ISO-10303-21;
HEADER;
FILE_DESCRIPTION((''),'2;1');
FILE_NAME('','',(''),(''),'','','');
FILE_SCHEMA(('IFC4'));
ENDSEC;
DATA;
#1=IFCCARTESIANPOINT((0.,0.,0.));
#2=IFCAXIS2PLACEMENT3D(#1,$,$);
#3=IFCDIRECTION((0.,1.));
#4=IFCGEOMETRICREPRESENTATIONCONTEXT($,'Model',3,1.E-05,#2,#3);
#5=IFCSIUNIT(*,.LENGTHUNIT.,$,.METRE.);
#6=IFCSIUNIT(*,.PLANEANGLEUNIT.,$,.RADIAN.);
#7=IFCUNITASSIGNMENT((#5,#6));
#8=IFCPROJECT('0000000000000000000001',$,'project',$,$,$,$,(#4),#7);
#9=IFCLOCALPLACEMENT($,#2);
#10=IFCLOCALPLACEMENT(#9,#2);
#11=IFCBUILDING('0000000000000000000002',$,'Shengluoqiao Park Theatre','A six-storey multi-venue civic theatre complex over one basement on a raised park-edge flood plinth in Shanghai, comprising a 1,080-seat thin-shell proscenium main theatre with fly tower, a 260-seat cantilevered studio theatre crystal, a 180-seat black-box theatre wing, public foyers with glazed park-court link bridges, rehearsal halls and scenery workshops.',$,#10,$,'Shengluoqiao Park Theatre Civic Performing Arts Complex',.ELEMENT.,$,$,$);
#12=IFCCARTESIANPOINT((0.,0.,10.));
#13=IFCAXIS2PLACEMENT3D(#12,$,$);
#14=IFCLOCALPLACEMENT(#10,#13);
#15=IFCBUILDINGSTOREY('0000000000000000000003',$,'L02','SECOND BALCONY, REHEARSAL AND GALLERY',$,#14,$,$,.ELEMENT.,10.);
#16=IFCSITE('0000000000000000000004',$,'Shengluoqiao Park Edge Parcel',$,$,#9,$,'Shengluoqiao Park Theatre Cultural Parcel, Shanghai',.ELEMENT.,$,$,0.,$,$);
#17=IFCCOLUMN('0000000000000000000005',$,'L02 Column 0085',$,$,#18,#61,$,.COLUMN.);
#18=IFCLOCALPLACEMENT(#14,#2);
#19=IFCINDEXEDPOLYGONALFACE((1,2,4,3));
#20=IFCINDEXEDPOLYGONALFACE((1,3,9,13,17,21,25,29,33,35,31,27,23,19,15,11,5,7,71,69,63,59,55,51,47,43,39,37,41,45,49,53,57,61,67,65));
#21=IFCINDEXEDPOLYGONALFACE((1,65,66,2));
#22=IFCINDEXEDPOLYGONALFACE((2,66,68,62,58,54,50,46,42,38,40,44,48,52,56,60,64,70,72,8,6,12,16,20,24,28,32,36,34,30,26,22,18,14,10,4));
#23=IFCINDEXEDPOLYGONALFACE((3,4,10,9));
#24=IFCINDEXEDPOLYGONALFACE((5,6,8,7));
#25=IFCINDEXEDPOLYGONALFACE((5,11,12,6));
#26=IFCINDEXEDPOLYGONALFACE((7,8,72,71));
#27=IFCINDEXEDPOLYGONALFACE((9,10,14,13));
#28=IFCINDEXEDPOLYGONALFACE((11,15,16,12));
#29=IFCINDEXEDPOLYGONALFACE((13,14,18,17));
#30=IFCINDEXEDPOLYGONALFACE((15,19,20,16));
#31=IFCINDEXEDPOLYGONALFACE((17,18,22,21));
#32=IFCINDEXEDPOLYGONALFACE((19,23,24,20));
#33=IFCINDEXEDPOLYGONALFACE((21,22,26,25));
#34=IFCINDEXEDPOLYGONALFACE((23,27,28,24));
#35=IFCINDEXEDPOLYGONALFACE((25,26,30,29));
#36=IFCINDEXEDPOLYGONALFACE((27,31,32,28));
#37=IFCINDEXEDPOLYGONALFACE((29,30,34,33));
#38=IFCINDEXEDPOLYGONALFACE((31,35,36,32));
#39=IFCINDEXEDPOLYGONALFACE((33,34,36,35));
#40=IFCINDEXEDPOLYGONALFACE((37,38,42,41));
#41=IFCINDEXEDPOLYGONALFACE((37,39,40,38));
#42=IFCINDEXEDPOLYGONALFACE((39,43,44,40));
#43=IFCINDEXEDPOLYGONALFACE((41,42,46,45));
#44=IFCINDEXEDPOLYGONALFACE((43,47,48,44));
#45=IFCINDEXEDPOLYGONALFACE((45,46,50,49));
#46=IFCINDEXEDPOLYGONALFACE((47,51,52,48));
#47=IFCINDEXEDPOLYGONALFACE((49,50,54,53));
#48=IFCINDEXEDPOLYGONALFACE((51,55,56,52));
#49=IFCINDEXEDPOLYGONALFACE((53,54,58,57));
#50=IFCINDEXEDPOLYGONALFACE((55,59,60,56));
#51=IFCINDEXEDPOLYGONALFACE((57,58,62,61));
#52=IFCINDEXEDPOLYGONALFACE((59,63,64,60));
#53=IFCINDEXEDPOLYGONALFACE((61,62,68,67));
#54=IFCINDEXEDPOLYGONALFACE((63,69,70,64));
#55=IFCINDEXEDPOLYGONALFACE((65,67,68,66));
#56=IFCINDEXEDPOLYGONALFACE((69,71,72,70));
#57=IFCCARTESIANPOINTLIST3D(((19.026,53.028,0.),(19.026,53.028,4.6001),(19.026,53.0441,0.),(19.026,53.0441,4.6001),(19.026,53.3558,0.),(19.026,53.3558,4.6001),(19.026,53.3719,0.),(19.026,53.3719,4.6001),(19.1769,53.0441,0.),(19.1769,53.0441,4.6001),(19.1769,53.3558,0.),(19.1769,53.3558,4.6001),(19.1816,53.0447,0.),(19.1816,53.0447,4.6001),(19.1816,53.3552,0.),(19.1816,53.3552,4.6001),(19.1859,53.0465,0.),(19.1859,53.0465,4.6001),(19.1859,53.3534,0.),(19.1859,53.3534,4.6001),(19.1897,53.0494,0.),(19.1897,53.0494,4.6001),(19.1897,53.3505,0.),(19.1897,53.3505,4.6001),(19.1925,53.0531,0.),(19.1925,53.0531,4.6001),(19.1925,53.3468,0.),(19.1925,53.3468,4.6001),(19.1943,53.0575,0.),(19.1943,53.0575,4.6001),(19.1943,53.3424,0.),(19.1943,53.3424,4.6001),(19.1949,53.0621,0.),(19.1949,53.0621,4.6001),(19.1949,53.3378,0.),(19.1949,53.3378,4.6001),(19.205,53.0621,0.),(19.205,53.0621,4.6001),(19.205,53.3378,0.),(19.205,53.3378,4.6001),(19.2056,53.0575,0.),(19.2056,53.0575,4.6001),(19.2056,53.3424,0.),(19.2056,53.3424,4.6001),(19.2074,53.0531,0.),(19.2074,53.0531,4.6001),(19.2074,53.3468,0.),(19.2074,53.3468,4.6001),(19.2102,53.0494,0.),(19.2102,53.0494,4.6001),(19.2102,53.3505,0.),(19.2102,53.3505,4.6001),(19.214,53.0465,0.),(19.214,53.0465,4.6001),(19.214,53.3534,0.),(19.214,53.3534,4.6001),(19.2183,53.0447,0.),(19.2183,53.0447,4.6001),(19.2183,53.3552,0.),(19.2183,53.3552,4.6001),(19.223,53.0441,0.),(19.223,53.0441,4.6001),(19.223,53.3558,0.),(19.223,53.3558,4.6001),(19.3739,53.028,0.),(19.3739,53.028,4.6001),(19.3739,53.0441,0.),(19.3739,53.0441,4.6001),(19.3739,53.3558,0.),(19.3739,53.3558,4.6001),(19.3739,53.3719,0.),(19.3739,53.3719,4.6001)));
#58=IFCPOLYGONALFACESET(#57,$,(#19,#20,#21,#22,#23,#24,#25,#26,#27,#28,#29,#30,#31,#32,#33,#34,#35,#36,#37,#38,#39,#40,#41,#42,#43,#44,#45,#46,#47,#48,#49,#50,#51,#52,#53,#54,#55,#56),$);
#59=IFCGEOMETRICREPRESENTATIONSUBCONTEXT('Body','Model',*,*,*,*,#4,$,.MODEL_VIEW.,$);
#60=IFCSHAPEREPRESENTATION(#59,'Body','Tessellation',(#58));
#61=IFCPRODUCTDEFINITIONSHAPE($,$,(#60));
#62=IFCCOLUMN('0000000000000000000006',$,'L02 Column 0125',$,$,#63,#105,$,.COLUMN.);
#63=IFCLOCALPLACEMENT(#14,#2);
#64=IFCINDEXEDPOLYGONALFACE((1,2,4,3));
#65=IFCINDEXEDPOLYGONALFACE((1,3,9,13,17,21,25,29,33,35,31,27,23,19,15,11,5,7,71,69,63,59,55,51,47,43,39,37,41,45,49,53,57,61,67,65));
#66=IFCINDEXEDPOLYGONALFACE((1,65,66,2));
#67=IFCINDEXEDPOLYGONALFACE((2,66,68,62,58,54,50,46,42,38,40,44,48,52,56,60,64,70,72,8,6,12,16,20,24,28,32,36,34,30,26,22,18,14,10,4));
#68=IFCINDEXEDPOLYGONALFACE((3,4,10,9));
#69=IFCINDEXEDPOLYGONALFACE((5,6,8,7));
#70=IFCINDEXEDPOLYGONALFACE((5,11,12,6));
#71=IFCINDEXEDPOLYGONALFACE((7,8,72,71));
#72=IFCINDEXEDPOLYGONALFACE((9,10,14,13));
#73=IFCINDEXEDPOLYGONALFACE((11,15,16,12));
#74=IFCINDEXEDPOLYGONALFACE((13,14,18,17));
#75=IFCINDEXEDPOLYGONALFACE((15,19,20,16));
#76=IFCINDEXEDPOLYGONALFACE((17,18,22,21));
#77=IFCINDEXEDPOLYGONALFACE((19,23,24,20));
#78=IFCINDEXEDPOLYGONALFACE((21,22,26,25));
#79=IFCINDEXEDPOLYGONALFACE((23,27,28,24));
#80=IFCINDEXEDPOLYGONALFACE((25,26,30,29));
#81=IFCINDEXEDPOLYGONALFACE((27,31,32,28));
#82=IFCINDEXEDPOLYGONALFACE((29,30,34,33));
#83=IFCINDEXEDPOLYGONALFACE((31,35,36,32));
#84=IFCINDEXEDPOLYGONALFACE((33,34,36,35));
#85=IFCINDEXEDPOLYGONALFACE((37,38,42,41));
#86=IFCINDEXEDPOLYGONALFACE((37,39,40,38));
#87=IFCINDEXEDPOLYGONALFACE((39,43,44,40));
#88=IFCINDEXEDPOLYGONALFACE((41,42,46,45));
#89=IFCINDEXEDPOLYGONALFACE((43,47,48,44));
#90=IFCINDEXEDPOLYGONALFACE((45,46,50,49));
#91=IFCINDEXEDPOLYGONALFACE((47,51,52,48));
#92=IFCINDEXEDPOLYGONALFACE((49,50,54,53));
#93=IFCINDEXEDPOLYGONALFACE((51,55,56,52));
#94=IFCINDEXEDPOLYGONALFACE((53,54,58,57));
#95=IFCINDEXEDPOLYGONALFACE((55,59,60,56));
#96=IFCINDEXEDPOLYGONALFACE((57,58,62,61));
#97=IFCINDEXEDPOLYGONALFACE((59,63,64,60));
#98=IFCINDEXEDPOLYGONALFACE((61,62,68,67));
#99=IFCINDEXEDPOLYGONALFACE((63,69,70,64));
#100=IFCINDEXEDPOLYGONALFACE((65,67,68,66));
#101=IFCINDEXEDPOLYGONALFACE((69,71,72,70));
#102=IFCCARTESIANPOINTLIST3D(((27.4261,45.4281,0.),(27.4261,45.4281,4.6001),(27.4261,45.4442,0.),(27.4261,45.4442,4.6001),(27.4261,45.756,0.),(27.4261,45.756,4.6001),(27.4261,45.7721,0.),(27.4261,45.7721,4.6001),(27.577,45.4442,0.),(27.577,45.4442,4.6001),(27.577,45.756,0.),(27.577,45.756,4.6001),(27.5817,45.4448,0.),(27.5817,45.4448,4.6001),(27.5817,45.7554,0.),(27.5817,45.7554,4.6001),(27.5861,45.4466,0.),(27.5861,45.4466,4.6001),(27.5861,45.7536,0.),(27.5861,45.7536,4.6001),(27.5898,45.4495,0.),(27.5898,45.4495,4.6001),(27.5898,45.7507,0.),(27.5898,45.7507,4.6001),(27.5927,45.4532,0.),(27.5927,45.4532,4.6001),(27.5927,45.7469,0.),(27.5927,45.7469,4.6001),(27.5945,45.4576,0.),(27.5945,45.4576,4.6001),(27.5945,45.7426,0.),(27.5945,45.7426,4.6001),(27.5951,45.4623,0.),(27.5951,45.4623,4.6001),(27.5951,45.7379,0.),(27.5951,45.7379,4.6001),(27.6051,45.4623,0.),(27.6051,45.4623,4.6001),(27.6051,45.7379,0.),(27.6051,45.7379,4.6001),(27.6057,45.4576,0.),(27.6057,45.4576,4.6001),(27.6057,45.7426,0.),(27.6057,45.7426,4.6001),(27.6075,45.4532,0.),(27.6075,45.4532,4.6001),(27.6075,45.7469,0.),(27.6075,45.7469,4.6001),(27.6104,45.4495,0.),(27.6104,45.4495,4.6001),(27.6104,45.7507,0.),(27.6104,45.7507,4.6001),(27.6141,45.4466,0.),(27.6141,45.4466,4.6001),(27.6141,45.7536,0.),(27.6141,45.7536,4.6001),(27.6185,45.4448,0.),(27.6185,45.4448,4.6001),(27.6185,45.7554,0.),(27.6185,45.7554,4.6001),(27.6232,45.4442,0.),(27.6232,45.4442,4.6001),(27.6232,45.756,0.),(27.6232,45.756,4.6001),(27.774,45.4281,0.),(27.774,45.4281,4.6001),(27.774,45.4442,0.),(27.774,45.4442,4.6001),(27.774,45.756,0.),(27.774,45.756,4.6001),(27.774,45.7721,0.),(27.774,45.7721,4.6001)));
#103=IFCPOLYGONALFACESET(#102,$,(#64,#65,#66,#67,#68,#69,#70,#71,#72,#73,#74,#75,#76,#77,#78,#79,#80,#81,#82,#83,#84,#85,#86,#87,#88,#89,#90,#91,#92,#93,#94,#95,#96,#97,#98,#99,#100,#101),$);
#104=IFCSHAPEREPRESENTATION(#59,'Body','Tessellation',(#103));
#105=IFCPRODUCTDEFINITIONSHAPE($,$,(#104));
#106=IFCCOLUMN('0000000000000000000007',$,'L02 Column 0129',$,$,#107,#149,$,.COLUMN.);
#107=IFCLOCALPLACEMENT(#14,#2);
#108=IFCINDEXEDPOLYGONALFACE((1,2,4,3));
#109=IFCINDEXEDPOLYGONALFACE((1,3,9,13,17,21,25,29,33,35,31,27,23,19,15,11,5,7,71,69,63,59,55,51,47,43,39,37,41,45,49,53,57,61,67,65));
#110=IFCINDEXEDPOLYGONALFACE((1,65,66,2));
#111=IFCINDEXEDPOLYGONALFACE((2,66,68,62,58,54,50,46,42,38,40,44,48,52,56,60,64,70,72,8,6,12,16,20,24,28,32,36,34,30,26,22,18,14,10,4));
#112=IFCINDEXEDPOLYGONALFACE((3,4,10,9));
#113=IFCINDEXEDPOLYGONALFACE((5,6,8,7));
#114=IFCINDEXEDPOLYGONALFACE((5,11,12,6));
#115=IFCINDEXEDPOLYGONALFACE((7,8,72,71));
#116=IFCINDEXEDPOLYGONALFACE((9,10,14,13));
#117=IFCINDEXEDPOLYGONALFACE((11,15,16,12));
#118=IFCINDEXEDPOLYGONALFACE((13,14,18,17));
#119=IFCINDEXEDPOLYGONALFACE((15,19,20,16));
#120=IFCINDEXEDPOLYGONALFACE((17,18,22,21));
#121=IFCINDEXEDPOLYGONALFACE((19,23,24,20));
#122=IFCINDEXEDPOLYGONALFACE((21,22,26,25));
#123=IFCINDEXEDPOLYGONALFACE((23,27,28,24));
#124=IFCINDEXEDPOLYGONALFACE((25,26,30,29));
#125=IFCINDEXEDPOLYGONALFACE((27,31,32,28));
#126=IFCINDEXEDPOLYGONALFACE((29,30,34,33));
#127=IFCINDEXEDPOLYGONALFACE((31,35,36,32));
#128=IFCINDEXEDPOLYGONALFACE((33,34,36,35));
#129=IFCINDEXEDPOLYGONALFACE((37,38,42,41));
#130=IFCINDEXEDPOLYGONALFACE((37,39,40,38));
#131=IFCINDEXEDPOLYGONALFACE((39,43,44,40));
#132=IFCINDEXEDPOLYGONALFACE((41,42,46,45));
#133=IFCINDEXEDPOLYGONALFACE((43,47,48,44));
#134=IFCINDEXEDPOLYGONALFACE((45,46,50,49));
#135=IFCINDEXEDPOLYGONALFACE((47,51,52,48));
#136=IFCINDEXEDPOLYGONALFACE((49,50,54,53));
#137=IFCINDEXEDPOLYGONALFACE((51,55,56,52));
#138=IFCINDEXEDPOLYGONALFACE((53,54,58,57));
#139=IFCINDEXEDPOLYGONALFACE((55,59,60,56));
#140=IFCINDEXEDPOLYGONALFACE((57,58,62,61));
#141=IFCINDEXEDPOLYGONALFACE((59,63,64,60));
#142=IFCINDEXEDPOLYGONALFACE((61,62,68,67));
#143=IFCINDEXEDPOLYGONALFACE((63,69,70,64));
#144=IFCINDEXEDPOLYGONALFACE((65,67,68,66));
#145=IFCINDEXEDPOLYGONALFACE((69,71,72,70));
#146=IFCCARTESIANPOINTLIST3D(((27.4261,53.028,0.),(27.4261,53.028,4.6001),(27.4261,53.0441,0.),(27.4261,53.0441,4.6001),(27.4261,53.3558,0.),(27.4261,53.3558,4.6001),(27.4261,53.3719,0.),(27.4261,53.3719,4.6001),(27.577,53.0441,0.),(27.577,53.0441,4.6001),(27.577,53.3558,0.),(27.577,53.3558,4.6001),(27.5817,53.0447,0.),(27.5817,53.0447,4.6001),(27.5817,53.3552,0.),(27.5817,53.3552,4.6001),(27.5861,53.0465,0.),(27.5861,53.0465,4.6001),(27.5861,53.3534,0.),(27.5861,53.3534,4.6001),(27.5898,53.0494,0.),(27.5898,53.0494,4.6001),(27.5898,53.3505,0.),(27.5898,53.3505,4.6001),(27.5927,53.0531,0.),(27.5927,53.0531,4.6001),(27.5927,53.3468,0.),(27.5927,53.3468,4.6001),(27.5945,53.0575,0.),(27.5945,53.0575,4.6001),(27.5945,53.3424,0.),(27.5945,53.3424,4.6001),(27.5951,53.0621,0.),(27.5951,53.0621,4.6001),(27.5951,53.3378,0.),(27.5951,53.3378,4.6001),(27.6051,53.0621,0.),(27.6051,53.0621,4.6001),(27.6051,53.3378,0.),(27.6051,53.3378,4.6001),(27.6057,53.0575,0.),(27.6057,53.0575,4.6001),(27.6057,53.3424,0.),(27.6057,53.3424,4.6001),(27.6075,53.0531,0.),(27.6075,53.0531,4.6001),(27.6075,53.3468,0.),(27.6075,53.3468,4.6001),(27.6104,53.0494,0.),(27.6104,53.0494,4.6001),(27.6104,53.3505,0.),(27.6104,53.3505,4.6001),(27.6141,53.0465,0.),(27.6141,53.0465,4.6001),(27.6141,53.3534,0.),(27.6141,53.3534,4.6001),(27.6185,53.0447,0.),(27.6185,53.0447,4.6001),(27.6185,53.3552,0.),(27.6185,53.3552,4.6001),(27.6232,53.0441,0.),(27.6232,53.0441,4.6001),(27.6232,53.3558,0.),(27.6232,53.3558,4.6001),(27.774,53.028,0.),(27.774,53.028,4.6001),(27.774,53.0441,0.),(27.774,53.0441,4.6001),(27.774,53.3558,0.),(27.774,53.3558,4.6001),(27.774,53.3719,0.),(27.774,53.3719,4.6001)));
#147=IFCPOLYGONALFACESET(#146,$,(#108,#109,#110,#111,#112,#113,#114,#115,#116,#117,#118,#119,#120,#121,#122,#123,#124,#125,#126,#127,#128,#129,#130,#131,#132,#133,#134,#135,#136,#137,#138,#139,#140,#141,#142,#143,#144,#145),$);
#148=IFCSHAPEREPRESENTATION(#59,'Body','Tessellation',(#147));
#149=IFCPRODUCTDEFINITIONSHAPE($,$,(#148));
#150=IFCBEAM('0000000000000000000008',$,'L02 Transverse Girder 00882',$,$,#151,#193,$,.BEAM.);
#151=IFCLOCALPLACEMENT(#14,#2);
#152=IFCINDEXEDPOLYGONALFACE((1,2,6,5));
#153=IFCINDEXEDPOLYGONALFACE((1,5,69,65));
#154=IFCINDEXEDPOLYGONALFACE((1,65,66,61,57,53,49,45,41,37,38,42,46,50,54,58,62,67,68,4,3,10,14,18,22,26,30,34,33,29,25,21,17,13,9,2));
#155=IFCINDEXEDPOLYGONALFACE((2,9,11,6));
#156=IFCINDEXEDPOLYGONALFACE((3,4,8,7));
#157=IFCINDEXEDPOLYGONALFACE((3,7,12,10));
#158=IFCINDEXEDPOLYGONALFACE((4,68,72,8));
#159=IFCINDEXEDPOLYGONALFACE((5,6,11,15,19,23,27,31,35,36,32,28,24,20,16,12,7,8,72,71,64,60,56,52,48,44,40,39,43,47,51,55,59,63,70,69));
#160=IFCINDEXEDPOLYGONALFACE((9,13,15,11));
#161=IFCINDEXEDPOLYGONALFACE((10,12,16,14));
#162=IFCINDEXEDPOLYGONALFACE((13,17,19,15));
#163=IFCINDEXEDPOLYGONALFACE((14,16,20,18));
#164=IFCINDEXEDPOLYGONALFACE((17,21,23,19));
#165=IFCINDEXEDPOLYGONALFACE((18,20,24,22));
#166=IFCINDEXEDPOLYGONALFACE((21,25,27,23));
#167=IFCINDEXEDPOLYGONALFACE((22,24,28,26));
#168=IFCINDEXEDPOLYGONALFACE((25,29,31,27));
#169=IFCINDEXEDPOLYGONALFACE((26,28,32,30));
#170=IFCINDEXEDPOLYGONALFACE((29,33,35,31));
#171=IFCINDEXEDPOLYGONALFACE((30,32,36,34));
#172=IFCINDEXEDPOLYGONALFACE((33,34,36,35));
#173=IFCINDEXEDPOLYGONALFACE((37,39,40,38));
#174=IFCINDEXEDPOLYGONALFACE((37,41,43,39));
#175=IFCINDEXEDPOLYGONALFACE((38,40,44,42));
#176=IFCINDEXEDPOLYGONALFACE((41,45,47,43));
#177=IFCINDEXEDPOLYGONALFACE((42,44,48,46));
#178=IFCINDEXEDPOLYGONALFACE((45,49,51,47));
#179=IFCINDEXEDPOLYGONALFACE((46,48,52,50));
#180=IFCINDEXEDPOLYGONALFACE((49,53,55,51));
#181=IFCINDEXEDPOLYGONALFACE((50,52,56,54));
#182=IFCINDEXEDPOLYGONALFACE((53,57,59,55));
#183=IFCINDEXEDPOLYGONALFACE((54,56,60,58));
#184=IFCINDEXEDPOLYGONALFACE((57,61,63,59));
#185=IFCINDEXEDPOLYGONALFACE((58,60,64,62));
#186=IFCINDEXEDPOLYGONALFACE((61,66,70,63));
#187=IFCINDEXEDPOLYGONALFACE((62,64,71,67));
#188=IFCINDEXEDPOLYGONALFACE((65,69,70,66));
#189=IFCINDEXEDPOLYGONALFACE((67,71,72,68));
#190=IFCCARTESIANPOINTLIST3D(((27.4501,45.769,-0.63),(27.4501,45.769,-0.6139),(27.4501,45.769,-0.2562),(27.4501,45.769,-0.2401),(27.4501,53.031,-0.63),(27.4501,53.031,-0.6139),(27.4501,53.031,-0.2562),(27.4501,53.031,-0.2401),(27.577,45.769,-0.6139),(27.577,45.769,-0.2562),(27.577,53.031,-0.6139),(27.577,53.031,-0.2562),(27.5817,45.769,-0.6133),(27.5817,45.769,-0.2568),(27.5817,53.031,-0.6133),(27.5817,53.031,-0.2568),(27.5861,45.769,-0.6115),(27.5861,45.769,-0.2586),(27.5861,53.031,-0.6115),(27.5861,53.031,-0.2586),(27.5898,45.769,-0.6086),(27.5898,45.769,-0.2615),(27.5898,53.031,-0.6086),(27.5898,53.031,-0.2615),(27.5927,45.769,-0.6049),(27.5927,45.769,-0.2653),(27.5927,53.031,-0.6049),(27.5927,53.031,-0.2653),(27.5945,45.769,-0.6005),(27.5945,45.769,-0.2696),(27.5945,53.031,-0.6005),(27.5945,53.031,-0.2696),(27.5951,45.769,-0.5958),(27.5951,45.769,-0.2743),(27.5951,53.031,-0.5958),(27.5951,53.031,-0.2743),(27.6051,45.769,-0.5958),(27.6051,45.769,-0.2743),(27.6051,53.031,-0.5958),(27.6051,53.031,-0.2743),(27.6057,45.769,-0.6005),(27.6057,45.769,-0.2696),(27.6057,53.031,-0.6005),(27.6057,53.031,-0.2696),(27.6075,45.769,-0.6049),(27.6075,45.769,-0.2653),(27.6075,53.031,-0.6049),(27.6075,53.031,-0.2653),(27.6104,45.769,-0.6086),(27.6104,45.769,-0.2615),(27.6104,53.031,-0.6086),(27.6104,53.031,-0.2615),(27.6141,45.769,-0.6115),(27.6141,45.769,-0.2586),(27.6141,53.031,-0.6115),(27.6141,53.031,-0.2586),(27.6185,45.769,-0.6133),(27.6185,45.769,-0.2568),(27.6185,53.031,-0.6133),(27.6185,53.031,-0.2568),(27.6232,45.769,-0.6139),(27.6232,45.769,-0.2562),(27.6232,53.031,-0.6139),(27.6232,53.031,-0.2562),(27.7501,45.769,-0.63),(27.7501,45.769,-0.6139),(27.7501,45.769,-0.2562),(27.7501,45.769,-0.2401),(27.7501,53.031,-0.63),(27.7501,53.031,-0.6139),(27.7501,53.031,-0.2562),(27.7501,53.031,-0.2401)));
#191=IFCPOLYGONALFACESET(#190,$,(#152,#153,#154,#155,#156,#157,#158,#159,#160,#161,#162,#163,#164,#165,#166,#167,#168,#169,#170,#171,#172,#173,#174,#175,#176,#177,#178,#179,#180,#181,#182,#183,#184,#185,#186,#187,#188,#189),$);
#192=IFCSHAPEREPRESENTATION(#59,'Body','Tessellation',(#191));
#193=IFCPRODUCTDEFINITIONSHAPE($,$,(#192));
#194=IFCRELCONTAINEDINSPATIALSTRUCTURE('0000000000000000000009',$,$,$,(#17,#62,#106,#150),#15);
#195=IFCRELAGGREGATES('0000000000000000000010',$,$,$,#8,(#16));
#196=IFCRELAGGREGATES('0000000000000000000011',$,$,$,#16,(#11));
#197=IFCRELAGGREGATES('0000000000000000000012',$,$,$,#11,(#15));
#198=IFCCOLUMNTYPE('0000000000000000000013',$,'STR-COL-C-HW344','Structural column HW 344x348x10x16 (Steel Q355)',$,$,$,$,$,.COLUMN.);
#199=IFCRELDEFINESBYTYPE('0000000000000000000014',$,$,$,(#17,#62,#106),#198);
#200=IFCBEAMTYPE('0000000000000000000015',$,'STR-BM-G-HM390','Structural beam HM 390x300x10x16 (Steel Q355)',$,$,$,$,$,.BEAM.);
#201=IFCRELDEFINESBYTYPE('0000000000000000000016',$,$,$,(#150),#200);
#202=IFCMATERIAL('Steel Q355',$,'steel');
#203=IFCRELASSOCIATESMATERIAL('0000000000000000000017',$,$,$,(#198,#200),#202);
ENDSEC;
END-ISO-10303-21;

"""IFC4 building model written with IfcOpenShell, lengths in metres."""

from ifc_helpers import new_model, si_unit, direction, frame, origin, origin_2d, place, context, subcontext, project, spatial, i_section, extrude, material, material_profile, profile_set, type_object, element, save


model = new_model("IFC4")

# Units and contexts
model_context = context("Model", 3, precision=1e-05, world=origin(), true_north=direction((0.0, 1.0)))
body_context = subcontext(model_context, "Body", "Model", "MODEL_VIEW")
ifc_project = project(units=[si_unit("LENGTHUNIT", "METRE"), si_unit("PLANEANGLEUNIT", "RADIAN")], contexts=[model_context])

# Site, building, storey
site_placement = place(None, origin())
site = spatial("IfcSite", under=ifc_project, at=site_placement, Name="Shengluoqiao Park Edge Parcel", LongName="Shengluoqiao Park Theatre Cultural Parcel, Shanghai", CompositionType="ELEMENT", RefElevation=0.0)
building_placement = place(site_placement, origin())
building = spatial("IfcBuilding", under=site, at=building_placement, Name="Shengluoqiao Park Theatre", Description="A six-storey multi-venue civic theatre complex over one basement on a raised park-edge flood plinth in Shanghai, comprising a 1,080-seat thin-shell proscenium main theatre with fly tower, a 260-seat cantilevered studio theatre crystal, a 180-seat black-box theatre wing, public foyers with glazed park-court link bridges, rehearsal halls and scenery workshops.", LongName="Shengluoqiao Park Theatre Civic Performing Arts Complex", CompositionType="ELEMENT")
storey_placement = place(building_placement, frame((0.0, 0.0, 10.0)))
storey = spatial("IfcBuildingStorey", under=building, at=storey_placement, Name="L02", Description="SECOND BALCONY, REHEARSAL AND GALLERY", CompositionType="ELEMENT", Elevation=10.0)

# Columns
ifc_material_1 = material(Name="Steel Q355", Category="steel")
ifc_material_profile_1 = material_profile(ifc_material_1, i_section(OverallWidth=0.3479, OverallDepth=0.344, WebThickness=0.01, FlangeThickness=0.0161, FilletRadius=0.0181, at=origin_2d()), Name="HW 344x348x10x16")
ifc_profile_set_1 = profile_set([ifc_material_profile_1], Name="Steel Q355")
column_type = type_object("IfcColumnType", Name="STR-COL-C-HW344", Description="Structural column HW 344x348x10x16 (Steel Q355)", PredefinedType="COLUMN", material=ifc_profile_set_1)
for number, where, z_axis, x_axis, name in (
    (1, (19.2, 53.2, 0.0), (0.0, 0.0, 1.0), (1.0, 0.0, 0.0), "L02 Column 0085"),
    (2, (27.6001, 45.6001, 0.0), (0.0, 0.0, 1.0), (1.0, 0.0, 0.0), "L02 Column 0125"),
    (3, (27.6001, 53.2, 0.0), (0.0, 0.0, 1.0), (1.0, 0.0, 0.0), "L02 Column 0129"),
):
    element("IfcColumn", number, at=place(storey_placement, frame(where, z_axis=z_axis, x_axis=x_axis)), inside=storey, type_object=column_type, Name=name, PredefinedType="COLUMN", context=body_context, shape_type="SweptSolid", body=[
        extrude(i_section(OverallWidth=0.3479, OverallDepth=0.344, WebThickness=0.01, FlangeThickness=0.0161, FilletRadius=0.0181, at=origin_2d()), origin(), (0.0, 0.0, 1.0), 4.6001),
    ])

# Beam
ifc_material_profile_2 = material_profile(ifc_material_1, i_section(OverallWidth=0.3, OverallDepth=0.3899, WebThickness=0.01, FlangeThickness=0.0161, FilletRadius=0.0181, at=origin_2d()), Name="HM 390x300x10x16")
ifc_profile_set_2 = profile_set([ifc_material_profile_2], Name="Steel Q355")
beam_type_1 = type_object("IfcBeamType", Name="STR-BM-G-HM390", Description="Structural beam HM 390x300x10x16 (Steel Q355)", PredefinedType="BEAM", material=ifc_profile_set_2)
beam_1_placement = place(storey_placement, frame((27.6001, 45.769, -0.4351), z_axis=(0.0, 1.0, 0.0), x_axis=(-1.0, 0.0, 0.0)))
element("IfcBeam", 4, at=beam_1_placement, inside=storey, type_object=beam_type_1, Name="L02 Transverse Girder 00882", PredefinedType="BEAM", context=body_context, shape_type="SweptSolid", body=[
    extrude(i_section(OverallWidth=0.3, OverallDepth=0.3899, WebThickness=0.01, FlangeThickness=0.0161, FilletRadius=0.0181, at=origin_2d()), origin(), (0.0, 0.0, 1.0), 7.262),
])

save(model, "model.ifc")
